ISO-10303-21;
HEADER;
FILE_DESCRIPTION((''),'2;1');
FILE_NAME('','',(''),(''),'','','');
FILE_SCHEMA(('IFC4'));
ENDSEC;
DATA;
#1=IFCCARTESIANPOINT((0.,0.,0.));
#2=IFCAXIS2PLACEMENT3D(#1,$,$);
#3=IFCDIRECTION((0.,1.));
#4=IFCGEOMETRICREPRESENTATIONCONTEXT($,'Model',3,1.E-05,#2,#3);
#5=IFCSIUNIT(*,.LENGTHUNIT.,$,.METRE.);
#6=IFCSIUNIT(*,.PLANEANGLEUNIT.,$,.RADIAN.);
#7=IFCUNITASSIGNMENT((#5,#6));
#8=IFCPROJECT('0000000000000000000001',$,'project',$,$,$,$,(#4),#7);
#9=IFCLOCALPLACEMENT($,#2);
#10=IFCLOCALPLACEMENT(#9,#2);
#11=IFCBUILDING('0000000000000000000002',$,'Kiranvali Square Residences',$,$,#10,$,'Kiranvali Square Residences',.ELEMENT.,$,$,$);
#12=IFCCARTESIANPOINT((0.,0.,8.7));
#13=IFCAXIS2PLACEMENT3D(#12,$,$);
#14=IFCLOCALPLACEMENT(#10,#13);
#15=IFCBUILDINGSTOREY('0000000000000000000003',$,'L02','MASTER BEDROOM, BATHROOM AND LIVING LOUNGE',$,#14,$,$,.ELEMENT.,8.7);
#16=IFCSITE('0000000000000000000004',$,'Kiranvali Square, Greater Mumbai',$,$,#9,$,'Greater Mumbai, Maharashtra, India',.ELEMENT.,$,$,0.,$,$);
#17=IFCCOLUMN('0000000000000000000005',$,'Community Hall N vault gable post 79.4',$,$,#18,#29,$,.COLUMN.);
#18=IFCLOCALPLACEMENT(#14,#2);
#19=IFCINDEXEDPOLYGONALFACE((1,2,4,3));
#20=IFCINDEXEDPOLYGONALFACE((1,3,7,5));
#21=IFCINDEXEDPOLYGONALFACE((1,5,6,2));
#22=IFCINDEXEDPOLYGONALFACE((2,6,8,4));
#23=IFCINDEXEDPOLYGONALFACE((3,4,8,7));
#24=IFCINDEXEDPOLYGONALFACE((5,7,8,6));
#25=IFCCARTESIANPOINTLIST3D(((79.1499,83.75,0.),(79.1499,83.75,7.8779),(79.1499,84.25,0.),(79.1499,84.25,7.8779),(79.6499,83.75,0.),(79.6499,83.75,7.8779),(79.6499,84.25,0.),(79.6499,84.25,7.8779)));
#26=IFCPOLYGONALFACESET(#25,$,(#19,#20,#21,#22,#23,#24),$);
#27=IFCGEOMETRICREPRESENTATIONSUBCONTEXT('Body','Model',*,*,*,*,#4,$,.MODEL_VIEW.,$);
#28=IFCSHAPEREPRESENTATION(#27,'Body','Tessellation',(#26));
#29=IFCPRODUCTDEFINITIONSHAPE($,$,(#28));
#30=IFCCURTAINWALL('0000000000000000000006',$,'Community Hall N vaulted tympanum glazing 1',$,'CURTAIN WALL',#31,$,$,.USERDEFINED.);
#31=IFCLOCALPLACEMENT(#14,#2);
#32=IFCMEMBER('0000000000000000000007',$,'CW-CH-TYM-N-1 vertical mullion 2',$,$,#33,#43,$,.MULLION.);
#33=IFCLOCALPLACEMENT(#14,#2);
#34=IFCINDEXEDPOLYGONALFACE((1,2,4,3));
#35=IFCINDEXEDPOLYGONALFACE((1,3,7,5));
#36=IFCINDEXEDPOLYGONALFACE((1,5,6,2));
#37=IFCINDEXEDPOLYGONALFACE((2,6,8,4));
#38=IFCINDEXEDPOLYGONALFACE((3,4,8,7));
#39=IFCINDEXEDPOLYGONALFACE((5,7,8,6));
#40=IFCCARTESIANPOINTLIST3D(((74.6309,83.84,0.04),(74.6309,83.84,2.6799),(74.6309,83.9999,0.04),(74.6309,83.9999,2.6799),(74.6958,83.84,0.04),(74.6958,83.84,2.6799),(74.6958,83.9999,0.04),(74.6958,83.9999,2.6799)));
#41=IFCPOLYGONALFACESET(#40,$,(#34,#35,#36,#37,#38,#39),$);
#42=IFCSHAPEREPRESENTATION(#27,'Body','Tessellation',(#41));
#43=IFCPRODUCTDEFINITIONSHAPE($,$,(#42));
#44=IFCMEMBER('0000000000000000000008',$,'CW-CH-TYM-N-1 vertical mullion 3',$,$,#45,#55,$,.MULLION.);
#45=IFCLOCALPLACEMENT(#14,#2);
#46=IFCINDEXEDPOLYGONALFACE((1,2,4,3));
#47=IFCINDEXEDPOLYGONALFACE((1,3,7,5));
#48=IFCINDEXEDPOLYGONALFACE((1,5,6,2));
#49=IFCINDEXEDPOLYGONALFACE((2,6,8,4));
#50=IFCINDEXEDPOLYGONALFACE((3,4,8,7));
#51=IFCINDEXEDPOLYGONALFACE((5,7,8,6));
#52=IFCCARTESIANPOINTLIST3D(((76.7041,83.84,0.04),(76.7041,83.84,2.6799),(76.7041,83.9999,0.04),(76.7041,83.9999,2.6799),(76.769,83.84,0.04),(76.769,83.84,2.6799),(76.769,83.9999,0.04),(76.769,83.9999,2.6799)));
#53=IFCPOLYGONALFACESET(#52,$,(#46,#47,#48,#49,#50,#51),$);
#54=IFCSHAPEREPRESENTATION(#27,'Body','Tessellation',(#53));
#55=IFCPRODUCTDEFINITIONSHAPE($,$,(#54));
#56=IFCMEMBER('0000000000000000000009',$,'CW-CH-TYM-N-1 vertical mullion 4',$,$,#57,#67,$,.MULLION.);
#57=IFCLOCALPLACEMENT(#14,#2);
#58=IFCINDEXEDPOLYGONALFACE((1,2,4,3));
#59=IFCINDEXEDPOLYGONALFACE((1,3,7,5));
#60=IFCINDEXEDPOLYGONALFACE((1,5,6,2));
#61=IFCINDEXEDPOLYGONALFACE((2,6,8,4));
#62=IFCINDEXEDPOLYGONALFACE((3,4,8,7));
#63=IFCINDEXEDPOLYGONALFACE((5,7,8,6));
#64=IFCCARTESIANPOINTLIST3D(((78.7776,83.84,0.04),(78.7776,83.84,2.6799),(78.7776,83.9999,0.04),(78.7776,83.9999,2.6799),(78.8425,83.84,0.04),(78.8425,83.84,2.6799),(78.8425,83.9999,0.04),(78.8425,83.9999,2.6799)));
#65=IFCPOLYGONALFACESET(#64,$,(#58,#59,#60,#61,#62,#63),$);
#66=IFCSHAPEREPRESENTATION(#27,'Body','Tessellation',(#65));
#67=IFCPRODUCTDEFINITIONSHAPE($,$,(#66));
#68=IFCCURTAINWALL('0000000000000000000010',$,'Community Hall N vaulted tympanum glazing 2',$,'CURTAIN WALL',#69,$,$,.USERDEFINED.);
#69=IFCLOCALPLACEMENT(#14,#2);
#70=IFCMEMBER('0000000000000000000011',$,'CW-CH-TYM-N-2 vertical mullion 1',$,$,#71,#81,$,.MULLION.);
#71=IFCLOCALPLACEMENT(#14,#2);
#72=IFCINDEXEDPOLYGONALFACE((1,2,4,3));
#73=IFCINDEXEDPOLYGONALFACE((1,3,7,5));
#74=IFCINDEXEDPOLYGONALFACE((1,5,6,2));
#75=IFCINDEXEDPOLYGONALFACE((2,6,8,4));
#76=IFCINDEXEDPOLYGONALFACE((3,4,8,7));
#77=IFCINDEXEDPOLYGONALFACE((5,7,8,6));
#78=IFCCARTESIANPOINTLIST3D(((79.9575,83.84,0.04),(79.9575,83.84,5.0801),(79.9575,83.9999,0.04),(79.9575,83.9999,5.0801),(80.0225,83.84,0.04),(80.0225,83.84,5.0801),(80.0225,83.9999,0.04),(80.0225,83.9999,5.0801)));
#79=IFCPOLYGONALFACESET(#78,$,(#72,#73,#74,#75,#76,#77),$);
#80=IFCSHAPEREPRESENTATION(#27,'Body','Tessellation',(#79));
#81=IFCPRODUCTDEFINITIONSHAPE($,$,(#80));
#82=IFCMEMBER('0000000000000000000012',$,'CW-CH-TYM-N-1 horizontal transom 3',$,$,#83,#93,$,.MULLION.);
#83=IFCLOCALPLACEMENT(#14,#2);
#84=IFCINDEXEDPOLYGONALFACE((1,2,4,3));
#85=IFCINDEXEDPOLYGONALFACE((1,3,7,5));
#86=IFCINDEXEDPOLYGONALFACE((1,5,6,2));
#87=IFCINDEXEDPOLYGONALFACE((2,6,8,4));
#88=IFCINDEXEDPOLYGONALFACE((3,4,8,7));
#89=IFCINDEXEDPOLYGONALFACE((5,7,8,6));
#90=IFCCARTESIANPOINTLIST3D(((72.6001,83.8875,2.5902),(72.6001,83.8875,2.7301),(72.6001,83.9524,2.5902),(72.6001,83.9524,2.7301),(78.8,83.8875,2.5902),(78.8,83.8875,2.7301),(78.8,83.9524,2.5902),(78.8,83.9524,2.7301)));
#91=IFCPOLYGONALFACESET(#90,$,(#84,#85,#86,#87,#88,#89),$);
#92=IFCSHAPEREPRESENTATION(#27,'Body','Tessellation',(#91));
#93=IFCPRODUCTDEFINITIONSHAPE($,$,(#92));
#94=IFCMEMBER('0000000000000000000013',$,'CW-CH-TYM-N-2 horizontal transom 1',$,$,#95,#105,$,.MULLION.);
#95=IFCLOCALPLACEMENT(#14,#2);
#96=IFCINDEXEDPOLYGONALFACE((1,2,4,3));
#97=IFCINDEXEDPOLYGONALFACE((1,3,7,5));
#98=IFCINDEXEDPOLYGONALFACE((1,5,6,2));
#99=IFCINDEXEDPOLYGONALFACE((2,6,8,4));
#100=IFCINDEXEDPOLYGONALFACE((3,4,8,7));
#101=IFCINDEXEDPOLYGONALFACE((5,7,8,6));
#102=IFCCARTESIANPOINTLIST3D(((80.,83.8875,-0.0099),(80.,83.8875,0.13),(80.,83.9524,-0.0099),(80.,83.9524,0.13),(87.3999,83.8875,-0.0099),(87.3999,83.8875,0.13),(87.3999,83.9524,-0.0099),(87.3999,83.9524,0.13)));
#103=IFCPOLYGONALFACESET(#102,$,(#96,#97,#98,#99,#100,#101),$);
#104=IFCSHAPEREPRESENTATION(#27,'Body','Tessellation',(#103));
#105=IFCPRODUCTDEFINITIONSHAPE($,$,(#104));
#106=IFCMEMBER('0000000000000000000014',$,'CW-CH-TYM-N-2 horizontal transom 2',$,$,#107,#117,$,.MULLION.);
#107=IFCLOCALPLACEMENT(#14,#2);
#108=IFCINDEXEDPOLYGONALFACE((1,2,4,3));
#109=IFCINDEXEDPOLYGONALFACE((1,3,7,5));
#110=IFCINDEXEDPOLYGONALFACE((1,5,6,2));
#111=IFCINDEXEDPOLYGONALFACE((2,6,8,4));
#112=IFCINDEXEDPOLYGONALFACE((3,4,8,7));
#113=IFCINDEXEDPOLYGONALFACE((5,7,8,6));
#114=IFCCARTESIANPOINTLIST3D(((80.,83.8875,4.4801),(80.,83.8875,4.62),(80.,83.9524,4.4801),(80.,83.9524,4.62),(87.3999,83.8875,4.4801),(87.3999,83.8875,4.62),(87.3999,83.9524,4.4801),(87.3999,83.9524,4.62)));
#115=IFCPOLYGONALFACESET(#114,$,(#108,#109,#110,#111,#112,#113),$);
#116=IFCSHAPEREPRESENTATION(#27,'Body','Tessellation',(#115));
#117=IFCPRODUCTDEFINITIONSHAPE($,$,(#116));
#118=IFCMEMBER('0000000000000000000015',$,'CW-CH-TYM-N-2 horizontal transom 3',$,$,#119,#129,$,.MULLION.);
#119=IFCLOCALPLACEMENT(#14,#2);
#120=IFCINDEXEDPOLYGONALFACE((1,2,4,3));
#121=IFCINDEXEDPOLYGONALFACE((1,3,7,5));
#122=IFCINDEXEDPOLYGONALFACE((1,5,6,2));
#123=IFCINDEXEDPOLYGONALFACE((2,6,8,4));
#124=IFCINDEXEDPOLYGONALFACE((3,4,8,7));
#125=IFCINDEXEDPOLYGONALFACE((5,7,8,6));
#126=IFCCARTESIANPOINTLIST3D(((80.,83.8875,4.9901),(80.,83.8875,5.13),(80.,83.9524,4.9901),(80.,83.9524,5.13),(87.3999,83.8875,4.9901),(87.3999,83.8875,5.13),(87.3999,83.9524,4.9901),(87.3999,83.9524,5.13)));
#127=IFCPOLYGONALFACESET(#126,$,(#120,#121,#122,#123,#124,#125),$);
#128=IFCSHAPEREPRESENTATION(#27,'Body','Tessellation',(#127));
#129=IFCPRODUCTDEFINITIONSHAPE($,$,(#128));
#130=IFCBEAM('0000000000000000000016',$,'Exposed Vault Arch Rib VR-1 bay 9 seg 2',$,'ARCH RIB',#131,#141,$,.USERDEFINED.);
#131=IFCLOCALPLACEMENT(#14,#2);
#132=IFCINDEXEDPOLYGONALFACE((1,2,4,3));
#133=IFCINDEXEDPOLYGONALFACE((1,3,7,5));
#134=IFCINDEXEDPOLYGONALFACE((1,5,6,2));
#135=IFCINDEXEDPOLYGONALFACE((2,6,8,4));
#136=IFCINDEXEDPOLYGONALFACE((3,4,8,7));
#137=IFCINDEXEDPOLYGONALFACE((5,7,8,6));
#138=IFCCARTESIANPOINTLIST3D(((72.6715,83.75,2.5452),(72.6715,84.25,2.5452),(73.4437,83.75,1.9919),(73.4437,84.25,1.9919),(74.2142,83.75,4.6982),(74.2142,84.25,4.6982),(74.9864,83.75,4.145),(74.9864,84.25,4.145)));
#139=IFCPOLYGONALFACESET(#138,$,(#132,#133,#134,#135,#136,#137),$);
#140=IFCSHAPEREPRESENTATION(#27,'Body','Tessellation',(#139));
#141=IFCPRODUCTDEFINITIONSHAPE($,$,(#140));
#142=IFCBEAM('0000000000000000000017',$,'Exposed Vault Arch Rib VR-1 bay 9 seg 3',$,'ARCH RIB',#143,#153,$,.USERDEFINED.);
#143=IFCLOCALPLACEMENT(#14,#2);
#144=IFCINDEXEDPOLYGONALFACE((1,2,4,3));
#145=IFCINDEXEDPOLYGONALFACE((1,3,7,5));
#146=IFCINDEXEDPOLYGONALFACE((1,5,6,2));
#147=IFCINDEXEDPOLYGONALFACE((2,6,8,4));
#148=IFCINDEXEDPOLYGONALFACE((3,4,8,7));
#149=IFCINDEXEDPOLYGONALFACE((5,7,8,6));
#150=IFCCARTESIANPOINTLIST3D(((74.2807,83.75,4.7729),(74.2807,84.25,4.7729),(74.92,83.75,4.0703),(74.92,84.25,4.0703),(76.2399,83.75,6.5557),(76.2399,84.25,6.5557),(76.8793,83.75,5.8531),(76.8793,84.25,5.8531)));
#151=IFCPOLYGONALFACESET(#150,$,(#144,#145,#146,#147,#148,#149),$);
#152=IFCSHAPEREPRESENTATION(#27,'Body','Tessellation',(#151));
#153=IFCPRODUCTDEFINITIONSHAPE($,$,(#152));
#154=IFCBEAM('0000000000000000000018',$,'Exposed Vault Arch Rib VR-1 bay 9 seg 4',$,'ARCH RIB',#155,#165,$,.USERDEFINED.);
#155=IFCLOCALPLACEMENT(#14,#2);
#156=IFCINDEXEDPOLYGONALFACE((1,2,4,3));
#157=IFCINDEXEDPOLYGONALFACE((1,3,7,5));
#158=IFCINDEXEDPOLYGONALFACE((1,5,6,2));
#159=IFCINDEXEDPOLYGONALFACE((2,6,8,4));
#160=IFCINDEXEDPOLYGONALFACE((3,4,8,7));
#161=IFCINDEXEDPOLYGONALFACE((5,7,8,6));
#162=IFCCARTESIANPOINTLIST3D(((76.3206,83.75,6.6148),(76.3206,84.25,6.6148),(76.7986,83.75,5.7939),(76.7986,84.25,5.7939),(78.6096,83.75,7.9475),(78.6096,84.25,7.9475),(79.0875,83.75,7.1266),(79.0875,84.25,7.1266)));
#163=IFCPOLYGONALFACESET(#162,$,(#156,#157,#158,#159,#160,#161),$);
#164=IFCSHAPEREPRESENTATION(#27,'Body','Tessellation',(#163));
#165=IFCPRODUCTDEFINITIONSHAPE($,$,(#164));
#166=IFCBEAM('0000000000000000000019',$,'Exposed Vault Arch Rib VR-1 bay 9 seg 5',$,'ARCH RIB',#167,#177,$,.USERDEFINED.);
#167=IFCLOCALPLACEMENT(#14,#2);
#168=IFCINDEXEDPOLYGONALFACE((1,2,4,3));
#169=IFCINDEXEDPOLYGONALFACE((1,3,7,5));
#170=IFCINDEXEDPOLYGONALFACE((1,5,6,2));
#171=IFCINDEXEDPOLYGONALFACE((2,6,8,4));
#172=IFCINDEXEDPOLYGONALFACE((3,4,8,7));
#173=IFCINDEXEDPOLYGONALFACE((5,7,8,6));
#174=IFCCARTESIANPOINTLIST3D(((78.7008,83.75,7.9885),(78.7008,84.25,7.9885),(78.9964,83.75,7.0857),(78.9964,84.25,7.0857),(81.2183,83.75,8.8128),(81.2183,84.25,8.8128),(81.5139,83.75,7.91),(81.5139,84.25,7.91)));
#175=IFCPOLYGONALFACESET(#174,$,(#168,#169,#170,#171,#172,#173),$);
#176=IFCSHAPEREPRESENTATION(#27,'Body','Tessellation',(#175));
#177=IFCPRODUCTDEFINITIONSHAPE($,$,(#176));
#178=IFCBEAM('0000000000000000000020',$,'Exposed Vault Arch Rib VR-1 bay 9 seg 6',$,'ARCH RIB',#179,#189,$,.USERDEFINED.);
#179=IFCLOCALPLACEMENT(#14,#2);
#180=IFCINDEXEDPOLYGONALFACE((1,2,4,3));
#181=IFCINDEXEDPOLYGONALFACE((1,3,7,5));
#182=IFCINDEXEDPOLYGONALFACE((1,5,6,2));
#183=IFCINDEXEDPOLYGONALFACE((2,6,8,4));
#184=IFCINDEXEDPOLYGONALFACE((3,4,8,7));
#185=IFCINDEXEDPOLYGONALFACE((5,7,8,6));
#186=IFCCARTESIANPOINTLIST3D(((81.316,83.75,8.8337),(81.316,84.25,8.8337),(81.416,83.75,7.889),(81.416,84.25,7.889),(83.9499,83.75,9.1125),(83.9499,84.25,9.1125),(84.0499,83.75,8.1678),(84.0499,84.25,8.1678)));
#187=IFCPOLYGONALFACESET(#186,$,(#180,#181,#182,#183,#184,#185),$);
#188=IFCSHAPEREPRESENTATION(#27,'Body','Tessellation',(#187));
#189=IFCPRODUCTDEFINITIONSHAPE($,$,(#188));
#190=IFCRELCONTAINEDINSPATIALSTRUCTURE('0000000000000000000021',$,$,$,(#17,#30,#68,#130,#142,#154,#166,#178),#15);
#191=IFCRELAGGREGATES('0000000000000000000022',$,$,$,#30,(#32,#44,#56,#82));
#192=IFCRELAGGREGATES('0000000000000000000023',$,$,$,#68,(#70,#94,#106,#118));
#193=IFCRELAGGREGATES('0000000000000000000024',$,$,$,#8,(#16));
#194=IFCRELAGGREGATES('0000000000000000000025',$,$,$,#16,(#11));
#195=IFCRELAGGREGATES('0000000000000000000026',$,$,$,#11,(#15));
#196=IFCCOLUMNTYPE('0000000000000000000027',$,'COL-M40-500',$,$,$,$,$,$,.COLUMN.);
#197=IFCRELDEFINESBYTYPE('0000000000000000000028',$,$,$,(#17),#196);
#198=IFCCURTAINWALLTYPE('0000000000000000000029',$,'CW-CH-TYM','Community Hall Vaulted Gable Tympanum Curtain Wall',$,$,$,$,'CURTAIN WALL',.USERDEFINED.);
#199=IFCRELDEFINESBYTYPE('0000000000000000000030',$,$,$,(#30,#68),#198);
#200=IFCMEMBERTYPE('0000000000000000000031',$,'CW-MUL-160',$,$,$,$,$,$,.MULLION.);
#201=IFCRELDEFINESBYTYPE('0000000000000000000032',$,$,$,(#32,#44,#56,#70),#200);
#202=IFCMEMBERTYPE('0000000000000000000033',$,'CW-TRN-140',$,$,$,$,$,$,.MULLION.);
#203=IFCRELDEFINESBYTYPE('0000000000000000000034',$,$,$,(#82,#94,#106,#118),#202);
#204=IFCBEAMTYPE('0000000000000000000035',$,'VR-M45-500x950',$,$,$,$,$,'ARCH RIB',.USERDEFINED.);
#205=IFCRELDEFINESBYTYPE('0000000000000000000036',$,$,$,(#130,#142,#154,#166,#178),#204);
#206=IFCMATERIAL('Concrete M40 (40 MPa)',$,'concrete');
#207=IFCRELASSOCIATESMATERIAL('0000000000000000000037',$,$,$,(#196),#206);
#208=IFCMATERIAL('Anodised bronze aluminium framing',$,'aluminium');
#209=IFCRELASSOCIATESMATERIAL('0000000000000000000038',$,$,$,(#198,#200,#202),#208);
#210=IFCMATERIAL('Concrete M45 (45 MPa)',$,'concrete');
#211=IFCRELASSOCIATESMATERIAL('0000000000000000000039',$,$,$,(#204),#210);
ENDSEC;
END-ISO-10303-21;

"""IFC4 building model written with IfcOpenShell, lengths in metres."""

from ifc_helpers import new_model, si_unit, direction, frame, origin, origin_2d, place, context, subcontext, project, spatial, rectangle, extrude, material, material_profile, profile_set, type_object, element, aggregate, save


model = new_model("IFC4")

# Units and contexts
model_context = context("Model", 3, precision=1e-05, world=origin(), true_north=direction((0.0, 1.0)))
body_context = subcontext(model_context, "Body", "Model", "MODEL_VIEW")
ifc_project = project(units=[si_unit("LENGTHUNIT", "METRE"), si_unit("PLANEANGLEUNIT", "RADIAN")], contexts=[model_context])

# Site, building, storey
site_placement = place(None, origin())
site = spatial("IfcSite", under=ifc_project, at=site_placement, Name="Kiranvali Square, Greater Mumbai", LongName="Greater Mumbai, Maharashtra, India", CompositionType="ELEMENT", RefElevation=0.0)
building_placement = place(site_placement, origin())
building = spatial("IfcBuilding", under=site, at=building_placement, Name="Kiranvali Square Residences", LongName="Kiranvali Square Residences", CompositionType="ELEMENT")
storey_placement = place(building_placement, frame((0.0, 0.0, 8.7)))
storey = spatial("IfcBuildingStorey", under=building, at=storey_placement, Name="L02", Description="MASTER BEDROOM, BATHROOM AND LIVING LOUNGE", CompositionType="ELEMENT", Elevation=8.7)

# Column
ifc_material_1 = material(Name="Concrete M40 (40 MPa)", Category="concrete")
ifc_material_profile_1 = material_profile(ifc_material_1, rectangle(XDim=0.5, YDim=0.5, at=origin_2d()), Name="RC 500x500")
ifc_profile_set_1 = profile_set([ifc_material_profile_1], Name="Concrete M40 (40 MPa)")
column_type = type_object("IfcColumnType", Name="COL-M40-500", PredefinedType="COLUMN", material=ifc_profile_set_1)
column_placement = place(storey_placement, frame((79.3999, 84.0, 0.0), z_axis=(0.0, 0.0, 1.0), x_axis=(1.0, 0.0, 0.0)))
element("IfcColumn", 1, at=column_placement, inside=storey, type_object=column_type, Name="Community Hall N vault gable post 79.4", PredefinedType="COLUMN", context=body_context, shape_type="SweptSolid", body=[
    extrude(rectangle(XDim=0.5, YDim=0.5, at=origin_2d()), origin(), (0.0, 0.0, 1.0), 7.8779),
])

# Curtain wall, members
ifc_material_2 = material(Name="Anodised bronze aluminium framing", Category="aluminium")
curtain_wall_type = type_object("IfcCurtainWallType", Name="CW-CH-TYM", Description="Community Hall Vaulted Gable Tympanum Curtain Wall", ElementType="CURTAIN WALL", PredefinedType="USERDEFINED", material=ifc_material_2)
curtain_wall_1_placement = place(storey_placement, origin())
curtain_wall_1 = element("IfcCurtainWall", 2, at=curtain_wall_1_placement, inside=storey, type_object=curtain_wall_type, Name="Community Hall N vaulted tympanum glazing 1", ObjectType="CURTAIN WALL", PredefinedType="USERDEFINED")
ifc_material_profile_2 = material_profile(ifc_material_2, rectangle(XDim=0.0649, YDim=0.1599, at=origin_2d()), Name="ALU 65x160")
ifc_profile_set_2 = profile_set([ifc_material_profile_2], Name="Anodised bronze aluminium framing")
member_type_1 = type_object("IfcMemberType", Name="CW-MUL-160", PredefinedType="MULLION", material=ifc_profile_set_2)
member_1_placement = place(storey_placement, frame((74.6633, 83.9199, 0.04), z_axis=(0.0, 0.0, 1.0), x_axis=(1.0, 0.0, 0.0)))
member_1 = element("IfcMember", 3, at=member_1_placement, type_object=member_type_1, Name="CW-CH-TYM-N-1 vertical mullion 2", PredefinedType="MULLION", context=body_context, shape_type="SweptSolid", body=[
    extrude(rectangle(XDim=0.0649, YDim=0.1599, at=origin_2d()), origin(), (0.0, 0.0, 1.0), 2.6399),
])
member_2_placement = place(storey_placement, frame((76.7366, 83.9199, 0.04), z_axis=(0.0, 0.0, 1.0), x_axis=(1.0, 0.0, 0.0)))
member_2 = element("IfcMember", 4, at=member_2_placement, type_object=member_type_1, Name="CW-CH-TYM-N-1 vertical mullion 3", PredefinedType="MULLION", context=body_context, shape_type="SweptSolid", body=[
    extrude(rectangle(XDim=0.0649, YDim=0.1599, at=origin_2d()), origin(), (0.0, 0.0, 1.0), 2.6399),
])
member_3_placement = place(storey_placement, frame((78.8101, 83.9199, 0.04), z_axis=(0.0, 0.0, 1.0), x_axis=(1.0, 0.0, 0.0)))
member_3 = element("IfcMember", 5, at=member_3_placement, type_object=member_type_1, Name="CW-CH-TYM-N-1 vertical mullion 4", PredefinedType="MULLION", context=body_context, shape_type="SweptSolid", body=[
    extrude(rectangle(XDim=0.0649, YDim=0.1599, at=origin_2d()), origin(), (0.0, 0.0, 1.0), 2.6399),
])

# Curtain wall, member
curtain_wall_2_placement = place(storey_placement, origin())
curtain_wall_2 = element("IfcCurtainWall", 6, at=curtain_wall_2_placement, inside=storey, type_object=curtain_wall_type, Name="Community Hall N vaulted tympanum glazing 2", ObjectType="CURTAIN WALL", PredefinedType="USERDEFINED")
member_4_placement = place(storey_placement, frame((79.99, 83.9199, 0.04), z_axis=(0.0, 0.0, 1.0), x_axis=(1.0, 0.0, 0.0)))
member_4 = element("IfcMember", 7, at=member_4_placement, type_object=member_type_1, Name="CW-CH-TYM-N-2 vertical mullion 1", PredefinedType="MULLION", context=body_context, shape_type="SweptSolid", body=[
    extrude(rectangle(XDim=0.0649, YDim=0.1599, at=origin_2d()), origin(), (0.0, 0.0, 1.0), 5.04),
])

# Members
ifc_material_profile_3 = material_profile(ifc_material_2, rectangle(XDim=0.0649, YDim=0.1399, at=origin_2d()), Name="ALU 65x140")
ifc_profile_set_3 = profile_set([ifc_material_profile_3], Name="Anodised bronze aluminium framing")
member_type_2 = type_object("IfcMemberType", Name="CW-TRN-140", PredefinedType="MULLION", material=ifc_profile_set_3)
member_5_placement = place(storey_placement, frame((72.6001, 83.9199, 2.6602), z_axis=(1.0, 0.0, 0.0), x_axis=(0.0, 1.0, 0.0)))
member_5 = element("IfcMember", 8, at=member_5_placement, type_object=member_type_2, Name="CW-CH-TYM-N-1 horizontal transom 3", PredefinedType="MULLION", context=body_context, shape_type="SweptSolid", body=[
    extrude(rectangle(XDim=0.0649, YDim=0.1399, at=origin_2d()), origin(), (0.0, 0.0, 1.0), 6.2),
])
member_6_placement = place(storey_placement, frame((80.0, 83.9199, 0.0601), z_axis=(1.0, 0.0, 0.0), x_axis=(0.0, 1.0, 0.0)))
member_6 = element("IfcMember", 9, at=member_6_placement, type_object=member_type_2, Name="CW-CH-TYM-N-2 horizontal transom 1", PredefinedType="MULLION", context=body_context, shape_type="SweptSolid", body=[
    extrude(rectangle(XDim=0.0649, YDim=0.1399, at=origin_2d()), origin(), (0.0, 0.0, 1.0), 7.3999),
])
member_7_placement = place(storey_placement, frame((80.0, 83.9199, 4.55), z_axis=(1.0, 0.0, 0.0), x_axis=(0.0, 1.0, 0.0)))
member_7 = element("IfcMember", 10, at=member_7_placement, type_object=member_type_2, Name="CW-CH-TYM-N-2 horizontal transom 2", PredefinedType="MULLION", context=body_context, shape_type="SweptSolid", body=[
    extrude(rectangle(XDim=0.0649, YDim=0.1399, at=origin_2d()), origin(), (0.0, 0.0, 1.0), 7.3999),
])
member_8_placement = place(storey_placement, frame((80.0, 83.9199, 5.0601), z_axis=(1.0, 0.0, 0.0), x_axis=(0.0, 1.0, 0.0)))
member_8 = element("IfcMember", 11, at=member_8_placement, type_object=member_type_2, Name="CW-CH-TYM-N-2 horizontal transom 3", PredefinedType="MULLION", context=body_context, shape_type="SweptSolid", body=[
    extrude(rectangle(XDim=0.0649, YDim=0.1399, at=origin_2d()), origin(), (0.0, 0.0, 1.0), 7.3999),
])

# Beams
ifc_material_3 = material(Name="Concrete M45 (45 MPa)", Category="concrete")
ifc_material_profile_4 = material_profile(ifc_material_3, rectangle(XDim=0.5, YDim=0.95, at=origin_2d()), Name="RC 500x950")
ifc_profile_set_4 = profile_set([ifc_material_profile_4], Name="Concrete M45 (45 MPa)")
beam_type = type_object("IfcBeamType", Name="VR-M45-500x950", ElementType="ARCH RIB", PredefinedType="USERDEFINED", material=ifc_profile_set_4)
beam_1_placement = place(storey_placement, frame((73.0576, 84.0, 2.2686), z_axis=(0.582441, 0.0, 0.812873), x_axis=(0.0, 1.0, 0.0)))
element("IfcBeam", 12, at=beam_1_placement, inside=storey, type_object=beam_type, Name="Exposed Vault Arch Rib VR-1 bay 9 seg 2", ObjectType="ARCH RIB", PredefinedType="USERDEFINED", context=body_context, shape_type="SweptSolid", body=[
    extrude(rectangle(XDim=0.5, YDim=0.95, at=origin_2d()), origin(), (0.0, 0.0, 1.0), 2.6487),
])
beam_2_placement = place(storey_placement, frame((74.6003, 84.0, 4.4216), z_axis=(0.73964, 0.0, 0.673003), x_axis=(0.0, 1.0, 0.0)))
element("IfcBeam", 13, at=beam_2_placement, inside=storey, type_object=beam_type, Name="Exposed Vault Arch Rib VR-1 bay 9 seg 3", ObjectType="ARCH RIB", PredefinedType="USERDEFINED", context=body_context, shape_type="SweptSolid", body=[
    extrude(rectangle(XDim=0.5, YDim=0.95, at=origin_2d()), origin(), (0.0, 0.0, 1.0), 2.6489),
])
beam_3_placement = place(storey_placement, frame((76.5596, 84.0, 6.2043), z_axis=(0.864193, 0.0, 0.50316), x_axis=(0.0, 1.0, 0.0)))
element("IfcBeam", 14, at=beam_3_placement, inside=storey, type_object=beam_type, Name="Exposed Vault Arch Rib VR-1 bay 9 seg 4", ObjectType="ARCH RIB", PredefinedType="USERDEFINED", context=body_context, shape_type="SweptSolid", body=[
    extrude(rectangle(XDim=0.5, YDim=0.95, at=origin_2d()), origin(), (0.0, 0.0, 1.0), 2.6487),
])
beam_4_placement = place(storey_placement, frame((78.8486, 84.0, 7.5371), z_axis=(0.950356, 0.0, 0.311163), x_axis=(0.0, 1.0, 0.0)))
element("IfcBeam", 15, at=beam_4_placement, inside=storey, type_object=beam_type, Name="Exposed Vault Arch Rib VR-1 bay 9 seg 5", ObjectType="ARCH RIB", PredefinedType="USERDEFINED", context=body_context, shape_type="SweptSolid", body=[
    extrude(rectangle(XDim=0.5, YDim=0.95, at=origin_2d()), origin(), (0.0, 0.0, 1.0), 2.6489),
])
beam_5_placement = place(storey_placement, frame((81.366, 84.0, 8.3613), z_axis=(0.994445, 0.0, 0.105261), x_axis=(0.0, 1.0, 0.0)))
element("IfcBeam", 16, at=beam_5_placement, inside=storey, type_object=beam_type, Name="Exposed Vault Arch Rib VR-1 bay 9 seg 6", ObjectType="ARCH RIB", PredefinedType="USERDEFINED", context=body_context, shape_type="SweptSolid", body=[
    extrude(rectangle(XDim=0.5, YDim=0.95, at=origin_2d()), origin(), (0.0, 0.0, 1.0), 2.6487),
])

aggregate(curtain_wall_1, [member_1, member_2, member_3, member_5])
aggregate(curtain_wall_2, [member_4, member_6, member_7, member_8])

save(model, "model.ifc")
